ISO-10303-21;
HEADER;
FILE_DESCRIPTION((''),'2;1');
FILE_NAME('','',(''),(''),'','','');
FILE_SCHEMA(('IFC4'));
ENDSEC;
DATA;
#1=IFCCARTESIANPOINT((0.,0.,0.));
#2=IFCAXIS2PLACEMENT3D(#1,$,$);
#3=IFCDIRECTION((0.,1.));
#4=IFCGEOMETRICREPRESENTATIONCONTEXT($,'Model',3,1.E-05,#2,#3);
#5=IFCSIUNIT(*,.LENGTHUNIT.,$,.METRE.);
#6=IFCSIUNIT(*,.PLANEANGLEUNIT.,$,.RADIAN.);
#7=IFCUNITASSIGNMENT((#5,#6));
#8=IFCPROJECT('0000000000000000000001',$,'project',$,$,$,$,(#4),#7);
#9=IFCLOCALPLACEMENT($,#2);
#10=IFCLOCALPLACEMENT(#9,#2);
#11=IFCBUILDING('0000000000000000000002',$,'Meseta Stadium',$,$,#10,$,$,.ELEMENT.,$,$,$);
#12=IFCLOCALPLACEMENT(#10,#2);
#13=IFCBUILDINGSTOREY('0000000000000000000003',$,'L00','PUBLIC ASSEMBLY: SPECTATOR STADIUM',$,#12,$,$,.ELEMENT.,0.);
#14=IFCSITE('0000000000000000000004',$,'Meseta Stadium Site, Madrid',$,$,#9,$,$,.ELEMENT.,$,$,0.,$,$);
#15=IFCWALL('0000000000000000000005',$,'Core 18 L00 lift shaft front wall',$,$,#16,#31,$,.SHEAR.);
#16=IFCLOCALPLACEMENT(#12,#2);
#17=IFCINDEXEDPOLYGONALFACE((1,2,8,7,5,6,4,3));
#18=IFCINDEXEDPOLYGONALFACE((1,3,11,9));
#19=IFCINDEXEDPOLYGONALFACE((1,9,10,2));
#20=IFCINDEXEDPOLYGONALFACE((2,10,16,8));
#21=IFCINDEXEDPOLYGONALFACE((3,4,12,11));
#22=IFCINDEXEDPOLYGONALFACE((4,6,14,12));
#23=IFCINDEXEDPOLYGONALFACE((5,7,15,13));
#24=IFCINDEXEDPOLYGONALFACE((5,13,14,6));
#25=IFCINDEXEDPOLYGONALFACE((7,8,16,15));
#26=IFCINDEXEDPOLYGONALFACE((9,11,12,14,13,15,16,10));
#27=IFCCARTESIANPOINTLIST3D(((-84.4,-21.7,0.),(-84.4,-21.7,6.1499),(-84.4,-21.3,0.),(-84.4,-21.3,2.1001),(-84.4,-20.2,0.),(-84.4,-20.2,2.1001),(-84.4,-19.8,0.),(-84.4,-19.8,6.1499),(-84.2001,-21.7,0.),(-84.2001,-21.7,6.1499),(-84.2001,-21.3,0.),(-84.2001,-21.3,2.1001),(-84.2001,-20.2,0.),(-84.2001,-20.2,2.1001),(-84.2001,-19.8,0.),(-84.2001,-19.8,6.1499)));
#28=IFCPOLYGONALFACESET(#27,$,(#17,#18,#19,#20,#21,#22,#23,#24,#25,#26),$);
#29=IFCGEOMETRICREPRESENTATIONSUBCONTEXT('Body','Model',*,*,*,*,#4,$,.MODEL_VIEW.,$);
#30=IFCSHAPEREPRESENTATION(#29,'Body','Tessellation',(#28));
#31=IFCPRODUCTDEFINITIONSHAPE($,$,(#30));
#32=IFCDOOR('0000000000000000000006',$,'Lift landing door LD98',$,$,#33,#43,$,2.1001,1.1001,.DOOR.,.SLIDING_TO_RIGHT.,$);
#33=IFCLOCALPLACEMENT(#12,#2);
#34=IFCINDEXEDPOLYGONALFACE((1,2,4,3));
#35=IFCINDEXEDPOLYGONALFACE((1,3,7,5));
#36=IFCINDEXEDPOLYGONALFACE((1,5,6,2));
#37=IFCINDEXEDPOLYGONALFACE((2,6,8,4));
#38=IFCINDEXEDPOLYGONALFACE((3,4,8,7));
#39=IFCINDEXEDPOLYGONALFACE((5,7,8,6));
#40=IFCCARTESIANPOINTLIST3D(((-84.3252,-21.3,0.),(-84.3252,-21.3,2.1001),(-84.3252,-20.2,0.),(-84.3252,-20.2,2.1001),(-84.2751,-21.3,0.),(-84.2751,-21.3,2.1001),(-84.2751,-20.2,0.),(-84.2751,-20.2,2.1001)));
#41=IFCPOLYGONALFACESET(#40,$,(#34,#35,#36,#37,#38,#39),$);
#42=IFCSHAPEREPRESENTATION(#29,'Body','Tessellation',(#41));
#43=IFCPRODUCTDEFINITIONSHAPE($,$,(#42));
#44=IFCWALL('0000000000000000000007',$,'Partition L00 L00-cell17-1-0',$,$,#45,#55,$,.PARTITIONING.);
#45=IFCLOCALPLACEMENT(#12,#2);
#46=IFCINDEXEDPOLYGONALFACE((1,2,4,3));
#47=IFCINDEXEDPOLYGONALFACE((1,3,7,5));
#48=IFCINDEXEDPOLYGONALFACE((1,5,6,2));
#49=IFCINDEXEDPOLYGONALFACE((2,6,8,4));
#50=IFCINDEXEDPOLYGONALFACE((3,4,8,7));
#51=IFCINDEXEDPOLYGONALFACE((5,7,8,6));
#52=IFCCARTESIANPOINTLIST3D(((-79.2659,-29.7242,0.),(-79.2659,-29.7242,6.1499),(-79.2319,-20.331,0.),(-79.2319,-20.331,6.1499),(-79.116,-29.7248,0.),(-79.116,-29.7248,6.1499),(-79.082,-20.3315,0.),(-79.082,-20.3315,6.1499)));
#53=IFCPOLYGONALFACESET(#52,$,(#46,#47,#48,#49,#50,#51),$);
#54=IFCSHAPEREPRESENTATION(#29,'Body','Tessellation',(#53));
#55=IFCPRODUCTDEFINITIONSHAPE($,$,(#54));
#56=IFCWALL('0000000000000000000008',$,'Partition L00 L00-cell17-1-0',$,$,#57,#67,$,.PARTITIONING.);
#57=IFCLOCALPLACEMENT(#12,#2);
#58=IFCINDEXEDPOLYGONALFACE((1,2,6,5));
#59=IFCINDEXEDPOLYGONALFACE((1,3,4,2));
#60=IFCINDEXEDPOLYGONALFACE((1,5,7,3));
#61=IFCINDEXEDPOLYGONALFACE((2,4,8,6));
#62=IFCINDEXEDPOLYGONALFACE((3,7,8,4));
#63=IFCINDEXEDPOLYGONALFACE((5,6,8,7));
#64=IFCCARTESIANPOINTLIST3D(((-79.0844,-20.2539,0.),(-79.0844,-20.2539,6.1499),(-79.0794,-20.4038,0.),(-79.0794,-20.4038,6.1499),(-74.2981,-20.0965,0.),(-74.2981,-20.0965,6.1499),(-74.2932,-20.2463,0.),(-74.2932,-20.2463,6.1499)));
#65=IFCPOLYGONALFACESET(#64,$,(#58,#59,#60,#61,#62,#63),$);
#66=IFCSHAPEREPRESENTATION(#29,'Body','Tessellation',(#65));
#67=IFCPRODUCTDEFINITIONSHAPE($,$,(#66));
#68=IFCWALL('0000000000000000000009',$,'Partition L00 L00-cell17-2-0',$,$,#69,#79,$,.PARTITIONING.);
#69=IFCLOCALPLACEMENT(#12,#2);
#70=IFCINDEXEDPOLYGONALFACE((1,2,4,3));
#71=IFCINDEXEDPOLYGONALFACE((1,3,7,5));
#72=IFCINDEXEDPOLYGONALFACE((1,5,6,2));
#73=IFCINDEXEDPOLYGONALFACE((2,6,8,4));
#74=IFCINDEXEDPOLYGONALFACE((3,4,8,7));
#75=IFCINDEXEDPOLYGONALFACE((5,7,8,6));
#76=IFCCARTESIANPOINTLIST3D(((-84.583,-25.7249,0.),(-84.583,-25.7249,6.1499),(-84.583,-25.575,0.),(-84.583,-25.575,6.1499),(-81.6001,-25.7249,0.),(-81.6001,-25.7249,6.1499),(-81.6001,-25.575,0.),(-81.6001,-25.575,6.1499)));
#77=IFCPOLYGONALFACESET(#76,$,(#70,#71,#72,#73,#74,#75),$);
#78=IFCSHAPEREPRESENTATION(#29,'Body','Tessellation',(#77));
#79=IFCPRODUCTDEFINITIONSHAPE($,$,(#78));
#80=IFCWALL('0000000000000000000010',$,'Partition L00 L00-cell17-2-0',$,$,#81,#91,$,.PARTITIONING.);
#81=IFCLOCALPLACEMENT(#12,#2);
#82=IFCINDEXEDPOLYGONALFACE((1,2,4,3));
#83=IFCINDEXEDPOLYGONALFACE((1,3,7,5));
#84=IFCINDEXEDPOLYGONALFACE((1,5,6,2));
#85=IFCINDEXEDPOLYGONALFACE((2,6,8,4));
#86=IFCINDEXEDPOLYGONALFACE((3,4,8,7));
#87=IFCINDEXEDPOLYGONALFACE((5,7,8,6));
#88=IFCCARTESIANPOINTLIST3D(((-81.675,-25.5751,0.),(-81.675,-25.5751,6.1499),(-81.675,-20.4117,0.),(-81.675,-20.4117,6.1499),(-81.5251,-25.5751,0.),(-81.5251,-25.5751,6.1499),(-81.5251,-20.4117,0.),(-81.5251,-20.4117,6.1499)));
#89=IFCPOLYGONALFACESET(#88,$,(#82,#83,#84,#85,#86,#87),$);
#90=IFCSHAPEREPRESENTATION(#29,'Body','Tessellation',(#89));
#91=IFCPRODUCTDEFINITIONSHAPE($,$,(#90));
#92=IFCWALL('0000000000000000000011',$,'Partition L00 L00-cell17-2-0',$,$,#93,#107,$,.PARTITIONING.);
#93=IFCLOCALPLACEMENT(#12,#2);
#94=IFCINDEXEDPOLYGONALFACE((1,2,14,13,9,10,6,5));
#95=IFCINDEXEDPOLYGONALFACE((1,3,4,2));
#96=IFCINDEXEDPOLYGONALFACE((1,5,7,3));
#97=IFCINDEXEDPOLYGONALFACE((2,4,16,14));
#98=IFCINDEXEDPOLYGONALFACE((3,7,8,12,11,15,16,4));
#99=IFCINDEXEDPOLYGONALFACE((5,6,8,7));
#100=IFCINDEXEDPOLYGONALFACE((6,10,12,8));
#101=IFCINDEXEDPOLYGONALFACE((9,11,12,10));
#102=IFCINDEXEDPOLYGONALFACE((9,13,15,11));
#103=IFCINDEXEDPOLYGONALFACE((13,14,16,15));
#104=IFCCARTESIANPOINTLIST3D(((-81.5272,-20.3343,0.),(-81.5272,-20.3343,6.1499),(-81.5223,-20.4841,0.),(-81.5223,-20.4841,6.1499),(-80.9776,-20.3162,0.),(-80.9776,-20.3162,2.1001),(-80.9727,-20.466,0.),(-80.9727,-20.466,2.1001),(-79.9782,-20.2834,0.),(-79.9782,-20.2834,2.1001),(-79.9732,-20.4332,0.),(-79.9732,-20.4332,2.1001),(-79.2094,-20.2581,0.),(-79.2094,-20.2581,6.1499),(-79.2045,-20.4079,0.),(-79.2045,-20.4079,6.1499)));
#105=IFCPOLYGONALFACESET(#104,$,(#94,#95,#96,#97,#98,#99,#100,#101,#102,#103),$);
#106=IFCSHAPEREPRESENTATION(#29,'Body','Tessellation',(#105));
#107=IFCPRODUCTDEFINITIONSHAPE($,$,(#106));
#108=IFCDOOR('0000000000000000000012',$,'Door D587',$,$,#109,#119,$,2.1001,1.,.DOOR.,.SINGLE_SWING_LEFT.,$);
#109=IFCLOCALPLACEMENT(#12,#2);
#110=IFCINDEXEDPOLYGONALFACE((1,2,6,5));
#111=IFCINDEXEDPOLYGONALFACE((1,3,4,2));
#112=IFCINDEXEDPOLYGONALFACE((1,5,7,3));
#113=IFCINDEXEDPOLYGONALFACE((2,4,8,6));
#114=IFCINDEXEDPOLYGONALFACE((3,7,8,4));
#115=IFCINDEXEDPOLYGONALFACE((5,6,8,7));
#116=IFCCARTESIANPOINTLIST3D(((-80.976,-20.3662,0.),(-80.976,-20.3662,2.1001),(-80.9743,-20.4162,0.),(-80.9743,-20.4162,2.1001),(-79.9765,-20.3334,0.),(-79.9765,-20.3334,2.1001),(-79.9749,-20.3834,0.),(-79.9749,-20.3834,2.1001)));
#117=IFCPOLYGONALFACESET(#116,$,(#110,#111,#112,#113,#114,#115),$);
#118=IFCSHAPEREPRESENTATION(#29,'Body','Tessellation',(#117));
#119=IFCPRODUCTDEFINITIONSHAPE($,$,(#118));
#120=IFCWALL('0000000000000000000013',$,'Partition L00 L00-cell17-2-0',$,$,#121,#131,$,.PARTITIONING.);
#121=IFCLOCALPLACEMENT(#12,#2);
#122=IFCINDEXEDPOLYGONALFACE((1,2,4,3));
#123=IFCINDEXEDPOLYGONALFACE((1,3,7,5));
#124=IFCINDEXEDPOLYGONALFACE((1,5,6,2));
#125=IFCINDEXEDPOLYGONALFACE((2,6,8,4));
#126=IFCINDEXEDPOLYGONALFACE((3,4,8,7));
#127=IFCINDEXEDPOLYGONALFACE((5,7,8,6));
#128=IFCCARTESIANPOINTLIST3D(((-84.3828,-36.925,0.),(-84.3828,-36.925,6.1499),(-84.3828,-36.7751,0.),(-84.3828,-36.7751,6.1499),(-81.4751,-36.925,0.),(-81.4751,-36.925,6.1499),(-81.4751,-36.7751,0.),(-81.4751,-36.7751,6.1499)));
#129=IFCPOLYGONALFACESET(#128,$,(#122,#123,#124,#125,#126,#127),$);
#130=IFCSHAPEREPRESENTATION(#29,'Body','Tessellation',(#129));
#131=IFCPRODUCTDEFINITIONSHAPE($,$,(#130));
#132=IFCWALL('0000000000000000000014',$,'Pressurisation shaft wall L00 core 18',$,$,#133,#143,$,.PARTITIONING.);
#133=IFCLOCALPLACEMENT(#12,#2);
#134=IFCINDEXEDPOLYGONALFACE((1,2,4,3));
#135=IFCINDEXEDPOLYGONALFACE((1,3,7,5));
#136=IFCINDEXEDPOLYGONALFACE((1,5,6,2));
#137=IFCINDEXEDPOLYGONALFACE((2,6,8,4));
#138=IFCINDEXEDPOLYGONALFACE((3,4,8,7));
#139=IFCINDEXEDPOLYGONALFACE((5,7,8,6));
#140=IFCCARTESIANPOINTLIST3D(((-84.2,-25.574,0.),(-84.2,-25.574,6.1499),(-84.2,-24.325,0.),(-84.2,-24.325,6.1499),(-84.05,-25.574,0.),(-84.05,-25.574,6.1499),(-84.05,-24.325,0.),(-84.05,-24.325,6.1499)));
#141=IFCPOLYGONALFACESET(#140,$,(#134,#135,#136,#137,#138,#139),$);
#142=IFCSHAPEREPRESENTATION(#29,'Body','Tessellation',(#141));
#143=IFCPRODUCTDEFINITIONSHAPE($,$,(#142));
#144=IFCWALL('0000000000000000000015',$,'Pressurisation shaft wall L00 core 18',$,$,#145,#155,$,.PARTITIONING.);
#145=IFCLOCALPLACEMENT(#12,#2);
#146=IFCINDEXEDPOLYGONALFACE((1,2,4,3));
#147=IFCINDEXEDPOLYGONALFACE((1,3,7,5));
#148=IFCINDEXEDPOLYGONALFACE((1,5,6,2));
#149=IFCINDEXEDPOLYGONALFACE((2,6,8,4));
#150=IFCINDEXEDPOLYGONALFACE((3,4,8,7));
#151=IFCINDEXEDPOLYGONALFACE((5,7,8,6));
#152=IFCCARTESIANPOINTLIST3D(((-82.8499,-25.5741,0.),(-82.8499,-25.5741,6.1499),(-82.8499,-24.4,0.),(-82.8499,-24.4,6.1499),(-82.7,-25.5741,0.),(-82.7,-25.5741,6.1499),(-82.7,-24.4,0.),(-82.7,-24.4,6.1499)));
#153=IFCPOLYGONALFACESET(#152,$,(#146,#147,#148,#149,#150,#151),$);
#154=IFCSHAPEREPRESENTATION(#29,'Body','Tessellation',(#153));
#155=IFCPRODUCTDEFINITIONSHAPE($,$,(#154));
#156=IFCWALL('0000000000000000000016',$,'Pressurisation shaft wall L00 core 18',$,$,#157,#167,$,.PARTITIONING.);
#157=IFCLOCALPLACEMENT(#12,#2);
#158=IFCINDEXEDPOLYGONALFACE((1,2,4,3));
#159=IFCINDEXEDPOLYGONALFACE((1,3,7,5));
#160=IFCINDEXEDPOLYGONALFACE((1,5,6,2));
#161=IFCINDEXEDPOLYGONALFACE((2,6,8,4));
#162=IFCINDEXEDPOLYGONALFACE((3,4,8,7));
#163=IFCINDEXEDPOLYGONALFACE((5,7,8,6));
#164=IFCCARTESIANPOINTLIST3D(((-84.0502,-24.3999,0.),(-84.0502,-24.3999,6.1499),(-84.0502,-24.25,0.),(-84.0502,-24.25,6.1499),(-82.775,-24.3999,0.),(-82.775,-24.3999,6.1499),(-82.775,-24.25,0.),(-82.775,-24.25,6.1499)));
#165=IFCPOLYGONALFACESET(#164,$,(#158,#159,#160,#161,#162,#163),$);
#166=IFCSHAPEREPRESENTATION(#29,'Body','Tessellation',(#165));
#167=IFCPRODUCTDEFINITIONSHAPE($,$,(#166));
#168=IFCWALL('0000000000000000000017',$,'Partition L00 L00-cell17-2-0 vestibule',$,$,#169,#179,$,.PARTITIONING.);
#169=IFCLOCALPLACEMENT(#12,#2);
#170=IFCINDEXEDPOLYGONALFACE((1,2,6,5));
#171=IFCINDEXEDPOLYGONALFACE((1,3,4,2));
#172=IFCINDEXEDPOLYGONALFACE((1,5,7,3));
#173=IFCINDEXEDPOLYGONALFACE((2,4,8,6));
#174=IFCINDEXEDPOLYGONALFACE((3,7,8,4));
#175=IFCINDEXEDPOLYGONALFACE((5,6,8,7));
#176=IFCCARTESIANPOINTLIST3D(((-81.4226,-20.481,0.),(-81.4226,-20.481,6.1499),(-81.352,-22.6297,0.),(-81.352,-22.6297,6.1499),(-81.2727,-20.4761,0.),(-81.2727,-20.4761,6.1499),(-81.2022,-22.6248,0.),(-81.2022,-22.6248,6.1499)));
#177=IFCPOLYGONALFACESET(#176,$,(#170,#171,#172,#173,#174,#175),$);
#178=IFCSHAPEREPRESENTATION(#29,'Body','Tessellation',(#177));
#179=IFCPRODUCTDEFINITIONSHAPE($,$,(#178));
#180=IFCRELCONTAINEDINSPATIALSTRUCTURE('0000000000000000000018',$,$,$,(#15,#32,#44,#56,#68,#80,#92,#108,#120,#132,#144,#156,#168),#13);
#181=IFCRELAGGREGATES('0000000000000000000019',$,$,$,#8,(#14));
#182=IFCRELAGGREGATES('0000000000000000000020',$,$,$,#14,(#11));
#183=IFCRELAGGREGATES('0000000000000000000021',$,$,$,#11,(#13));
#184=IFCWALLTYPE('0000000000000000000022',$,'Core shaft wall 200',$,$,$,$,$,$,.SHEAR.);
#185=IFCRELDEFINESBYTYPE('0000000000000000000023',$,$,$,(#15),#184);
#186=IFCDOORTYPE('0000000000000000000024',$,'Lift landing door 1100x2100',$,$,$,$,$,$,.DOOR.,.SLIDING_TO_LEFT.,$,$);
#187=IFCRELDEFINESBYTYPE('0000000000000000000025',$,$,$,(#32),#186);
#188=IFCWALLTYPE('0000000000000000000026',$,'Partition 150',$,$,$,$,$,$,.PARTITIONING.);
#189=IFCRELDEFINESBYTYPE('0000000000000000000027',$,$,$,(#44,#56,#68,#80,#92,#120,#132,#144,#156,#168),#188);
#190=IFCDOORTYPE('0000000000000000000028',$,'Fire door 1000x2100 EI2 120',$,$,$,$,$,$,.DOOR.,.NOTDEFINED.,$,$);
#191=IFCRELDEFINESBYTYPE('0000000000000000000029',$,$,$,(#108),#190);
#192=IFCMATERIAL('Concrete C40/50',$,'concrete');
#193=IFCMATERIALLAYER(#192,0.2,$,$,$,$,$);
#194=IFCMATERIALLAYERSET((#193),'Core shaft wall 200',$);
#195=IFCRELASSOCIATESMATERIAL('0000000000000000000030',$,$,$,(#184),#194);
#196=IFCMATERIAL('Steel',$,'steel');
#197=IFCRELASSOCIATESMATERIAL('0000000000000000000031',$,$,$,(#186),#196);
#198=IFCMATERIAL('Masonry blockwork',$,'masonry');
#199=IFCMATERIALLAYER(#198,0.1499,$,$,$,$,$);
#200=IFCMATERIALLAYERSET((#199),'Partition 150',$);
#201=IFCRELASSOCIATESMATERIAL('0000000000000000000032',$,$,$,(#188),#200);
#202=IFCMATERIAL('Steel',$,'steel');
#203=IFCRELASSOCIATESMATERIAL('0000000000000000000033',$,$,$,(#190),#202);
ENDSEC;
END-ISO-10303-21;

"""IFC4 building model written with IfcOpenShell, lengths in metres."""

from ifc_helpers import new_model, si_unit, direction, frame, frame_2d, origin, place, context, subcontext, project, spatial, rectangle, extrude, material, layer, layer_set, type_object, element, fill, save


model = new_model("IFC4")

# Units and contexts
model_context = context("Model", 3, precision=1e-05, world=origin(), true_north=direction((0.0, 1.0)))
body_context = subcontext(model_context, "Body", "Model", "MODEL_VIEW")
ifc_project = project(units=[si_unit("LENGTHUNIT", "METRE"), si_unit("PLANEANGLEUNIT", "RADIAN")], contexts=[model_context])

# Site, building, storey
site_placement = place(None, origin())
site = spatial("IfcSite", under=ifc_project, at=site_placement, Name="Meseta Stadium Site, Madrid", CompositionType="ELEMENT", RefElevation=0.0)
building_placement = place(site_placement, origin())
building = spatial("IfcBuilding", under=site, at=building_placement, Name="Meseta Stadium", CompositionType="ELEMENT")
storey_placement = place(building_placement, origin())
storey = spatial("IfcBuildingStorey", under=building, at=storey_placement, Name="L00", Description="PUBLIC ASSEMBLY: SPECTATOR STADIUM", CompositionType="ELEMENT", Elevation=0.0)

# Wall, opening, door
ifc_material_1 = material(Name="Concrete C40/50", Category="concrete")
ifc_layer_1 = layer(ifc_material_1, 0.2)
ifc_layer_set_1 = layer_set([ifc_layer_1], Name="Core shaft wall 200")
wall_type_1 = type_object("IfcWallType", Name="Core shaft wall 200", PredefinedType="SHEAR", material=ifc_layer_set_1)
wall_1_placement = place(storey_placement, frame((-84.3, -19.8, 0.0), z_axis=(0.0, 0.0, 1.0), x_axis=(0.0, -1.0, 0.0)))
wall_1 = element("IfcWall", 1, at=wall_1_placement, inside=storey, type_object=wall_type_1, Name="Core 18 L00 lift shaft front wall", PredefinedType="SHEAR", context=body_context, shape_type="SweptSolid", body=[
    extrude(rectangle(XDim=1.8999, YDim=0.2, at=frame_2d((0.95, 0.0))), origin(), (0.0, 0.0, 1.0), 6.1499),
])
opening_1_placement = place(wall_1_placement, frame((0.3999, 0.0, 0.0)))
opening_1 = element("IfcOpeningElement", 2, at=opening_1_placement, cuts=wall_1, PredefinedType="OPENING", context=body_context, shape_type="SweptSolid", body=[
    extrude(rectangle(XDim=1.1001, YDim=2.1001, at=frame_2d((0.55, 1.05))), frame((0.0, 0.1099, 0.0), z_axis=(0.0, -1.0, 0.0), x_axis=(1.0, 0.0, 0.0)), (0.0, 0.0, 1.0), 0.22),
])
ifc_material_2 = material(Name="Steel", Category="steel")
door_type_1 = type_object("IfcDoorType", Name="Lift landing door 1100x2100", OperationType="SLIDING_TO_LEFT", PredefinedType="DOOR", material=ifc_material_2)
door_1_placement = place(opening_1_placement, origin())
door_1 = element("IfcDoor", 3, at=door_1_placement, inside=storey, type_object=door_type_1, Name="Lift landing door LD98", OperationType="SLIDING_TO_RIGHT", OverallHeight=2.1001, OverallWidth=1.1001, PredefinedType="DOOR", context=body_context, shape_type="SweptSolid", body=[
    extrude(rectangle(XDim=1.1001, YDim=2.1001, at=frame_2d((0.55, 1.05))), frame((0.0, 0.0249, 0.0), z_axis=(0.0, -1.0, 0.0), x_axis=(1.0, 0.0, 0.0)), (0.0, 0.0, 1.0), 0.05),
])
fill(opening_1, door_1)

# Walls
ifc_material_3 = material(Name="Masonry blockwork", Category="masonry")
ifc_layer_2 = layer(ifc_material_3, 0.1499)
ifc_layer_set_2 = layer_set([ifc_layer_2], Name="Partition 150")
wall_type_2 = type_object("IfcWallType", Name="Partition 150", PredefinedType="PARTITIONING", material=ifc_layer_set_2)
wall_2_placement = place(storey_placement, frame((-79.1909, -29.7246, 0.0), z_axis=(0.0, 0.0, 1.0), x_axis=(0.003613, 0.999993, 0.0)))
element("IfcWall", 4, at=wall_2_placement, inside=storey, type_object=wall_type_2, Name="Partition L00 L00-cell17-1-0", PredefinedType="PARTITIONING", context=body_context, shape_type="SweptSolid", body=[
    extrude(rectangle(XDim=9.3933, YDim=0.1499, at=frame_2d((4.6968, 0.0))), origin(), (0.0, 0.0, 1.0), 6.1499),
])
wall_3_placement = place(storey_placement, frame((-79.082, -20.3289, 0.0), z_axis=(0.0, 0.0, 1.0), x_axis=(0.999459, 0.032884, 0.0)))
element("IfcWall", 5, at=wall_3_placement, inside=storey, type_object=wall_type_2, Name="Partition L00 L00-cell17-1-0", PredefinedType="PARTITIONING", context=body_context, shape_type="SweptSolid", body=[
    extrude(rectangle(XDim=4.7888, YDim=0.1499, at=frame_2d((2.3945, 0.0))), origin(), (0.0, 0.0, 1.0), 6.1499),
])
wall_4_placement = place(storey_placement, frame((-84.583, -25.6499, 0.0), z_axis=(0.0, 0.0, 1.0), x_axis=(1.0, 0.0, 0.0)))
element("IfcWall", 6, at=wall_4_placement, inside=storey, type_object=wall_type_2, Name="Partition L00 L00-cell17-2-0", PredefinedType="PARTITIONING", context=body_context, shape_type="SweptSolid", body=[
    extrude(rectangle(XDim=2.9829, YDim=0.1499, at=frame_2d((1.4915, 0.0))), origin(), (0.0, 0.0, 1.0), 6.1499),
])
wall_5_placement = place(storey_placement, frame((-81.6001, -25.575, 0.0), z_axis=(0.0, 0.0, 1.0), x_axis=(0.0, 1.0, 0.0)))
element("IfcWall", 7, at=wall_5_placement, inside=storey, type_object=wall_type_2, Name="Partition L00 L00-cell17-2-0", PredefinedType="PARTITIONING", context=body_context, shape_type="SweptSolid", body=[
    extrude(rectangle(XDim=5.1633, YDim=0.1499, at=frame_2d((2.5815, 0.0))), origin(), (0.0, 0.0, 1.0), 6.1499),
])

# Wall, opening, door
wall_6_placement = place(storey_placement, frame((-81.5249, -20.4092, 0.0), z_axis=(0.0, 0.0, 1.0), x_axis=(0.99946, 0.032845, 0.0)))
wall_6 = element("IfcWall", 8, at=wall_6_placement, inside=storey, type_object=wall_type_2, Name="Partition L00 L00-cell17-2-0", PredefinedType="PARTITIONING", context=body_context, shape_type="SweptSolid", body=[
    extrude(rectangle(XDim=2.3191, YDim=0.1499, at=frame_2d((1.1597, 0.0))), origin(), (0.0, 0.0, 1.0), 6.1499),
])
opening_2_placement = place(wall_6_placement, frame((0.55, 0.0, 0.0)))
opening_2 = element("IfcOpeningElement", 9, at=opening_2_placement, cuts=wall_6, PredefinedType="OPENING", context=body_context, shape_type="SweptSolid", body=[
    extrude(rectangle(XDim=1.0, YDim=2.1001, at=frame_2d((0.5, 1.05))), frame((0.0, 0.085, 0.0), z_axis=(0.0, -1.0, 0.0), x_axis=(1.0, 0.0, 0.0)), (0.0, 0.0, 1.0), 0.1699),
])
ifc_material_4 = material(Name="Steel", Category="steel")
door_type_2 = type_object("IfcDoorType", Name="Fire door 1000x2100 EI2 120", OperationType="NOTDEFINED", PredefinedType="DOOR", material=ifc_material_4)
door_2_placement = place(opening_2_placement, origin())
door_2 = element("IfcDoor", 10, at=door_2_placement, inside=storey, type_object=door_type_2, Name="Door D587", OperationType="SINGLE_SWING_LEFT", OverallHeight=2.1001, OverallWidth=1.0, PredefinedType="DOOR", context=body_context, shape_type="SweptSolid", body=[
    extrude(rectangle(XDim=1.0, YDim=2.1001, at=frame_2d((0.5, 1.05))), frame((0.0, 0.0249, 0.0), z_axis=(0.0, -1.0, 0.0), x_axis=(1.0, 0.0, 0.0)), (0.0, 0.0, 1.0), 0.05),
])
fill(opening_2, door_2)

# Walls
wall_7_placement = place(storey_placement, frame((-81.4751, -36.8501, 0.0), z_axis=(0.0, 0.0, 1.0), x_axis=(-1.0, 0.0, 0.0)))
element("IfcWall", 11, at=wall_7_placement, inside=storey, type_object=wall_type_2, Name="Partition L00 L00-cell17-2-0", PredefinedType="PARTITIONING", context=body_context, shape_type="SweptSolid", body=[
    extrude(rectangle(XDim=2.9077, YDim=0.1499, at=frame_2d((1.4539, 0.0))), origin(), (0.0, 0.0, 1.0), 6.1499),
])
wall_8_placement = place(storey_placement, frame((-84.125, -24.325, 0.0), z_axis=(0.0, 0.0, 1.0), x_axis=(0.0, -1.0, 0.0)))
element("IfcWall", 12, at=wall_8_placement, inside=storey, type_object=wall_type_2, Name="Pressurisation shaft wall L00 core 18", PredefinedType="PARTITIONING", context=body_context, shape_type="SweptSolid", body=[
    extrude(rectangle(XDim=1.249, YDim=0.1499, at=frame_2d((0.6245, 0.0))), origin(), (0.0, 0.0, 1.0), 6.1499),
])
wall_9_placement = place(storey_placement, frame((-82.7749, -25.574, 0.0), z_axis=(0.0, 0.0, 1.0), x_axis=(0.0, 1.0, 0.0)))
element("IfcWall", 13, at=wall_9_placement, inside=storey, type_object=wall_type_2, Name="Pressurisation shaft wall L00 core 18", PredefinedType="PARTITIONING", context=body_context, shape_type="SweptSolid", body=[
    extrude(rectangle(XDim=1.1741, YDim=0.1499, at=frame_2d((0.5869, 0.0))), origin(), (0.0, 0.0, 1.0), 6.1499),
])
wall_10_placement = place(storey_placement, frame((-82.7749, -24.325, 0.0), z_axis=(0.0, 0.0, 1.0), x_axis=(-1.0, 0.0, 0.0)))
element("IfcWall", 14, at=wall_10_placement, inside=storey, type_object=wall_type_2, Name="Pressurisation shaft wall L00 core 18", PredefinedType="PARTITIONING", context=body_context, shape_type="SweptSolid", body=[
    extrude(rectangle(XDim=1.2751, YDim=0.1499, at=frame_2d((0.6377, 0.0))), origin(), (0.0, 0.0, 1.0), 6.1499),
])
wall_11_placement = place(storey_placement, frame((-81.3477, -20.4785, 0.0), z_axis=(0.0, 0.0, 1.0), x_axis=(0.032819, -0.999461, 0.0)))
element("IfcWall", 15, at=wall_11_placement, inside=storey, type_object=wall_type_2, Name="Partition L00 L00-cell17-2-0 vestibule", PredefinedType="PARTITIONING", context=body_context, shape_type="SweptSolid", body=[
    extrude(rectangle(XDim=2.1499, YDim=0.1499, at=frame_2d((1.075, 0.0))), origin(), (0.0, 0.0, 1.0), 6.1499),
])

save(model, "model.ifc")
